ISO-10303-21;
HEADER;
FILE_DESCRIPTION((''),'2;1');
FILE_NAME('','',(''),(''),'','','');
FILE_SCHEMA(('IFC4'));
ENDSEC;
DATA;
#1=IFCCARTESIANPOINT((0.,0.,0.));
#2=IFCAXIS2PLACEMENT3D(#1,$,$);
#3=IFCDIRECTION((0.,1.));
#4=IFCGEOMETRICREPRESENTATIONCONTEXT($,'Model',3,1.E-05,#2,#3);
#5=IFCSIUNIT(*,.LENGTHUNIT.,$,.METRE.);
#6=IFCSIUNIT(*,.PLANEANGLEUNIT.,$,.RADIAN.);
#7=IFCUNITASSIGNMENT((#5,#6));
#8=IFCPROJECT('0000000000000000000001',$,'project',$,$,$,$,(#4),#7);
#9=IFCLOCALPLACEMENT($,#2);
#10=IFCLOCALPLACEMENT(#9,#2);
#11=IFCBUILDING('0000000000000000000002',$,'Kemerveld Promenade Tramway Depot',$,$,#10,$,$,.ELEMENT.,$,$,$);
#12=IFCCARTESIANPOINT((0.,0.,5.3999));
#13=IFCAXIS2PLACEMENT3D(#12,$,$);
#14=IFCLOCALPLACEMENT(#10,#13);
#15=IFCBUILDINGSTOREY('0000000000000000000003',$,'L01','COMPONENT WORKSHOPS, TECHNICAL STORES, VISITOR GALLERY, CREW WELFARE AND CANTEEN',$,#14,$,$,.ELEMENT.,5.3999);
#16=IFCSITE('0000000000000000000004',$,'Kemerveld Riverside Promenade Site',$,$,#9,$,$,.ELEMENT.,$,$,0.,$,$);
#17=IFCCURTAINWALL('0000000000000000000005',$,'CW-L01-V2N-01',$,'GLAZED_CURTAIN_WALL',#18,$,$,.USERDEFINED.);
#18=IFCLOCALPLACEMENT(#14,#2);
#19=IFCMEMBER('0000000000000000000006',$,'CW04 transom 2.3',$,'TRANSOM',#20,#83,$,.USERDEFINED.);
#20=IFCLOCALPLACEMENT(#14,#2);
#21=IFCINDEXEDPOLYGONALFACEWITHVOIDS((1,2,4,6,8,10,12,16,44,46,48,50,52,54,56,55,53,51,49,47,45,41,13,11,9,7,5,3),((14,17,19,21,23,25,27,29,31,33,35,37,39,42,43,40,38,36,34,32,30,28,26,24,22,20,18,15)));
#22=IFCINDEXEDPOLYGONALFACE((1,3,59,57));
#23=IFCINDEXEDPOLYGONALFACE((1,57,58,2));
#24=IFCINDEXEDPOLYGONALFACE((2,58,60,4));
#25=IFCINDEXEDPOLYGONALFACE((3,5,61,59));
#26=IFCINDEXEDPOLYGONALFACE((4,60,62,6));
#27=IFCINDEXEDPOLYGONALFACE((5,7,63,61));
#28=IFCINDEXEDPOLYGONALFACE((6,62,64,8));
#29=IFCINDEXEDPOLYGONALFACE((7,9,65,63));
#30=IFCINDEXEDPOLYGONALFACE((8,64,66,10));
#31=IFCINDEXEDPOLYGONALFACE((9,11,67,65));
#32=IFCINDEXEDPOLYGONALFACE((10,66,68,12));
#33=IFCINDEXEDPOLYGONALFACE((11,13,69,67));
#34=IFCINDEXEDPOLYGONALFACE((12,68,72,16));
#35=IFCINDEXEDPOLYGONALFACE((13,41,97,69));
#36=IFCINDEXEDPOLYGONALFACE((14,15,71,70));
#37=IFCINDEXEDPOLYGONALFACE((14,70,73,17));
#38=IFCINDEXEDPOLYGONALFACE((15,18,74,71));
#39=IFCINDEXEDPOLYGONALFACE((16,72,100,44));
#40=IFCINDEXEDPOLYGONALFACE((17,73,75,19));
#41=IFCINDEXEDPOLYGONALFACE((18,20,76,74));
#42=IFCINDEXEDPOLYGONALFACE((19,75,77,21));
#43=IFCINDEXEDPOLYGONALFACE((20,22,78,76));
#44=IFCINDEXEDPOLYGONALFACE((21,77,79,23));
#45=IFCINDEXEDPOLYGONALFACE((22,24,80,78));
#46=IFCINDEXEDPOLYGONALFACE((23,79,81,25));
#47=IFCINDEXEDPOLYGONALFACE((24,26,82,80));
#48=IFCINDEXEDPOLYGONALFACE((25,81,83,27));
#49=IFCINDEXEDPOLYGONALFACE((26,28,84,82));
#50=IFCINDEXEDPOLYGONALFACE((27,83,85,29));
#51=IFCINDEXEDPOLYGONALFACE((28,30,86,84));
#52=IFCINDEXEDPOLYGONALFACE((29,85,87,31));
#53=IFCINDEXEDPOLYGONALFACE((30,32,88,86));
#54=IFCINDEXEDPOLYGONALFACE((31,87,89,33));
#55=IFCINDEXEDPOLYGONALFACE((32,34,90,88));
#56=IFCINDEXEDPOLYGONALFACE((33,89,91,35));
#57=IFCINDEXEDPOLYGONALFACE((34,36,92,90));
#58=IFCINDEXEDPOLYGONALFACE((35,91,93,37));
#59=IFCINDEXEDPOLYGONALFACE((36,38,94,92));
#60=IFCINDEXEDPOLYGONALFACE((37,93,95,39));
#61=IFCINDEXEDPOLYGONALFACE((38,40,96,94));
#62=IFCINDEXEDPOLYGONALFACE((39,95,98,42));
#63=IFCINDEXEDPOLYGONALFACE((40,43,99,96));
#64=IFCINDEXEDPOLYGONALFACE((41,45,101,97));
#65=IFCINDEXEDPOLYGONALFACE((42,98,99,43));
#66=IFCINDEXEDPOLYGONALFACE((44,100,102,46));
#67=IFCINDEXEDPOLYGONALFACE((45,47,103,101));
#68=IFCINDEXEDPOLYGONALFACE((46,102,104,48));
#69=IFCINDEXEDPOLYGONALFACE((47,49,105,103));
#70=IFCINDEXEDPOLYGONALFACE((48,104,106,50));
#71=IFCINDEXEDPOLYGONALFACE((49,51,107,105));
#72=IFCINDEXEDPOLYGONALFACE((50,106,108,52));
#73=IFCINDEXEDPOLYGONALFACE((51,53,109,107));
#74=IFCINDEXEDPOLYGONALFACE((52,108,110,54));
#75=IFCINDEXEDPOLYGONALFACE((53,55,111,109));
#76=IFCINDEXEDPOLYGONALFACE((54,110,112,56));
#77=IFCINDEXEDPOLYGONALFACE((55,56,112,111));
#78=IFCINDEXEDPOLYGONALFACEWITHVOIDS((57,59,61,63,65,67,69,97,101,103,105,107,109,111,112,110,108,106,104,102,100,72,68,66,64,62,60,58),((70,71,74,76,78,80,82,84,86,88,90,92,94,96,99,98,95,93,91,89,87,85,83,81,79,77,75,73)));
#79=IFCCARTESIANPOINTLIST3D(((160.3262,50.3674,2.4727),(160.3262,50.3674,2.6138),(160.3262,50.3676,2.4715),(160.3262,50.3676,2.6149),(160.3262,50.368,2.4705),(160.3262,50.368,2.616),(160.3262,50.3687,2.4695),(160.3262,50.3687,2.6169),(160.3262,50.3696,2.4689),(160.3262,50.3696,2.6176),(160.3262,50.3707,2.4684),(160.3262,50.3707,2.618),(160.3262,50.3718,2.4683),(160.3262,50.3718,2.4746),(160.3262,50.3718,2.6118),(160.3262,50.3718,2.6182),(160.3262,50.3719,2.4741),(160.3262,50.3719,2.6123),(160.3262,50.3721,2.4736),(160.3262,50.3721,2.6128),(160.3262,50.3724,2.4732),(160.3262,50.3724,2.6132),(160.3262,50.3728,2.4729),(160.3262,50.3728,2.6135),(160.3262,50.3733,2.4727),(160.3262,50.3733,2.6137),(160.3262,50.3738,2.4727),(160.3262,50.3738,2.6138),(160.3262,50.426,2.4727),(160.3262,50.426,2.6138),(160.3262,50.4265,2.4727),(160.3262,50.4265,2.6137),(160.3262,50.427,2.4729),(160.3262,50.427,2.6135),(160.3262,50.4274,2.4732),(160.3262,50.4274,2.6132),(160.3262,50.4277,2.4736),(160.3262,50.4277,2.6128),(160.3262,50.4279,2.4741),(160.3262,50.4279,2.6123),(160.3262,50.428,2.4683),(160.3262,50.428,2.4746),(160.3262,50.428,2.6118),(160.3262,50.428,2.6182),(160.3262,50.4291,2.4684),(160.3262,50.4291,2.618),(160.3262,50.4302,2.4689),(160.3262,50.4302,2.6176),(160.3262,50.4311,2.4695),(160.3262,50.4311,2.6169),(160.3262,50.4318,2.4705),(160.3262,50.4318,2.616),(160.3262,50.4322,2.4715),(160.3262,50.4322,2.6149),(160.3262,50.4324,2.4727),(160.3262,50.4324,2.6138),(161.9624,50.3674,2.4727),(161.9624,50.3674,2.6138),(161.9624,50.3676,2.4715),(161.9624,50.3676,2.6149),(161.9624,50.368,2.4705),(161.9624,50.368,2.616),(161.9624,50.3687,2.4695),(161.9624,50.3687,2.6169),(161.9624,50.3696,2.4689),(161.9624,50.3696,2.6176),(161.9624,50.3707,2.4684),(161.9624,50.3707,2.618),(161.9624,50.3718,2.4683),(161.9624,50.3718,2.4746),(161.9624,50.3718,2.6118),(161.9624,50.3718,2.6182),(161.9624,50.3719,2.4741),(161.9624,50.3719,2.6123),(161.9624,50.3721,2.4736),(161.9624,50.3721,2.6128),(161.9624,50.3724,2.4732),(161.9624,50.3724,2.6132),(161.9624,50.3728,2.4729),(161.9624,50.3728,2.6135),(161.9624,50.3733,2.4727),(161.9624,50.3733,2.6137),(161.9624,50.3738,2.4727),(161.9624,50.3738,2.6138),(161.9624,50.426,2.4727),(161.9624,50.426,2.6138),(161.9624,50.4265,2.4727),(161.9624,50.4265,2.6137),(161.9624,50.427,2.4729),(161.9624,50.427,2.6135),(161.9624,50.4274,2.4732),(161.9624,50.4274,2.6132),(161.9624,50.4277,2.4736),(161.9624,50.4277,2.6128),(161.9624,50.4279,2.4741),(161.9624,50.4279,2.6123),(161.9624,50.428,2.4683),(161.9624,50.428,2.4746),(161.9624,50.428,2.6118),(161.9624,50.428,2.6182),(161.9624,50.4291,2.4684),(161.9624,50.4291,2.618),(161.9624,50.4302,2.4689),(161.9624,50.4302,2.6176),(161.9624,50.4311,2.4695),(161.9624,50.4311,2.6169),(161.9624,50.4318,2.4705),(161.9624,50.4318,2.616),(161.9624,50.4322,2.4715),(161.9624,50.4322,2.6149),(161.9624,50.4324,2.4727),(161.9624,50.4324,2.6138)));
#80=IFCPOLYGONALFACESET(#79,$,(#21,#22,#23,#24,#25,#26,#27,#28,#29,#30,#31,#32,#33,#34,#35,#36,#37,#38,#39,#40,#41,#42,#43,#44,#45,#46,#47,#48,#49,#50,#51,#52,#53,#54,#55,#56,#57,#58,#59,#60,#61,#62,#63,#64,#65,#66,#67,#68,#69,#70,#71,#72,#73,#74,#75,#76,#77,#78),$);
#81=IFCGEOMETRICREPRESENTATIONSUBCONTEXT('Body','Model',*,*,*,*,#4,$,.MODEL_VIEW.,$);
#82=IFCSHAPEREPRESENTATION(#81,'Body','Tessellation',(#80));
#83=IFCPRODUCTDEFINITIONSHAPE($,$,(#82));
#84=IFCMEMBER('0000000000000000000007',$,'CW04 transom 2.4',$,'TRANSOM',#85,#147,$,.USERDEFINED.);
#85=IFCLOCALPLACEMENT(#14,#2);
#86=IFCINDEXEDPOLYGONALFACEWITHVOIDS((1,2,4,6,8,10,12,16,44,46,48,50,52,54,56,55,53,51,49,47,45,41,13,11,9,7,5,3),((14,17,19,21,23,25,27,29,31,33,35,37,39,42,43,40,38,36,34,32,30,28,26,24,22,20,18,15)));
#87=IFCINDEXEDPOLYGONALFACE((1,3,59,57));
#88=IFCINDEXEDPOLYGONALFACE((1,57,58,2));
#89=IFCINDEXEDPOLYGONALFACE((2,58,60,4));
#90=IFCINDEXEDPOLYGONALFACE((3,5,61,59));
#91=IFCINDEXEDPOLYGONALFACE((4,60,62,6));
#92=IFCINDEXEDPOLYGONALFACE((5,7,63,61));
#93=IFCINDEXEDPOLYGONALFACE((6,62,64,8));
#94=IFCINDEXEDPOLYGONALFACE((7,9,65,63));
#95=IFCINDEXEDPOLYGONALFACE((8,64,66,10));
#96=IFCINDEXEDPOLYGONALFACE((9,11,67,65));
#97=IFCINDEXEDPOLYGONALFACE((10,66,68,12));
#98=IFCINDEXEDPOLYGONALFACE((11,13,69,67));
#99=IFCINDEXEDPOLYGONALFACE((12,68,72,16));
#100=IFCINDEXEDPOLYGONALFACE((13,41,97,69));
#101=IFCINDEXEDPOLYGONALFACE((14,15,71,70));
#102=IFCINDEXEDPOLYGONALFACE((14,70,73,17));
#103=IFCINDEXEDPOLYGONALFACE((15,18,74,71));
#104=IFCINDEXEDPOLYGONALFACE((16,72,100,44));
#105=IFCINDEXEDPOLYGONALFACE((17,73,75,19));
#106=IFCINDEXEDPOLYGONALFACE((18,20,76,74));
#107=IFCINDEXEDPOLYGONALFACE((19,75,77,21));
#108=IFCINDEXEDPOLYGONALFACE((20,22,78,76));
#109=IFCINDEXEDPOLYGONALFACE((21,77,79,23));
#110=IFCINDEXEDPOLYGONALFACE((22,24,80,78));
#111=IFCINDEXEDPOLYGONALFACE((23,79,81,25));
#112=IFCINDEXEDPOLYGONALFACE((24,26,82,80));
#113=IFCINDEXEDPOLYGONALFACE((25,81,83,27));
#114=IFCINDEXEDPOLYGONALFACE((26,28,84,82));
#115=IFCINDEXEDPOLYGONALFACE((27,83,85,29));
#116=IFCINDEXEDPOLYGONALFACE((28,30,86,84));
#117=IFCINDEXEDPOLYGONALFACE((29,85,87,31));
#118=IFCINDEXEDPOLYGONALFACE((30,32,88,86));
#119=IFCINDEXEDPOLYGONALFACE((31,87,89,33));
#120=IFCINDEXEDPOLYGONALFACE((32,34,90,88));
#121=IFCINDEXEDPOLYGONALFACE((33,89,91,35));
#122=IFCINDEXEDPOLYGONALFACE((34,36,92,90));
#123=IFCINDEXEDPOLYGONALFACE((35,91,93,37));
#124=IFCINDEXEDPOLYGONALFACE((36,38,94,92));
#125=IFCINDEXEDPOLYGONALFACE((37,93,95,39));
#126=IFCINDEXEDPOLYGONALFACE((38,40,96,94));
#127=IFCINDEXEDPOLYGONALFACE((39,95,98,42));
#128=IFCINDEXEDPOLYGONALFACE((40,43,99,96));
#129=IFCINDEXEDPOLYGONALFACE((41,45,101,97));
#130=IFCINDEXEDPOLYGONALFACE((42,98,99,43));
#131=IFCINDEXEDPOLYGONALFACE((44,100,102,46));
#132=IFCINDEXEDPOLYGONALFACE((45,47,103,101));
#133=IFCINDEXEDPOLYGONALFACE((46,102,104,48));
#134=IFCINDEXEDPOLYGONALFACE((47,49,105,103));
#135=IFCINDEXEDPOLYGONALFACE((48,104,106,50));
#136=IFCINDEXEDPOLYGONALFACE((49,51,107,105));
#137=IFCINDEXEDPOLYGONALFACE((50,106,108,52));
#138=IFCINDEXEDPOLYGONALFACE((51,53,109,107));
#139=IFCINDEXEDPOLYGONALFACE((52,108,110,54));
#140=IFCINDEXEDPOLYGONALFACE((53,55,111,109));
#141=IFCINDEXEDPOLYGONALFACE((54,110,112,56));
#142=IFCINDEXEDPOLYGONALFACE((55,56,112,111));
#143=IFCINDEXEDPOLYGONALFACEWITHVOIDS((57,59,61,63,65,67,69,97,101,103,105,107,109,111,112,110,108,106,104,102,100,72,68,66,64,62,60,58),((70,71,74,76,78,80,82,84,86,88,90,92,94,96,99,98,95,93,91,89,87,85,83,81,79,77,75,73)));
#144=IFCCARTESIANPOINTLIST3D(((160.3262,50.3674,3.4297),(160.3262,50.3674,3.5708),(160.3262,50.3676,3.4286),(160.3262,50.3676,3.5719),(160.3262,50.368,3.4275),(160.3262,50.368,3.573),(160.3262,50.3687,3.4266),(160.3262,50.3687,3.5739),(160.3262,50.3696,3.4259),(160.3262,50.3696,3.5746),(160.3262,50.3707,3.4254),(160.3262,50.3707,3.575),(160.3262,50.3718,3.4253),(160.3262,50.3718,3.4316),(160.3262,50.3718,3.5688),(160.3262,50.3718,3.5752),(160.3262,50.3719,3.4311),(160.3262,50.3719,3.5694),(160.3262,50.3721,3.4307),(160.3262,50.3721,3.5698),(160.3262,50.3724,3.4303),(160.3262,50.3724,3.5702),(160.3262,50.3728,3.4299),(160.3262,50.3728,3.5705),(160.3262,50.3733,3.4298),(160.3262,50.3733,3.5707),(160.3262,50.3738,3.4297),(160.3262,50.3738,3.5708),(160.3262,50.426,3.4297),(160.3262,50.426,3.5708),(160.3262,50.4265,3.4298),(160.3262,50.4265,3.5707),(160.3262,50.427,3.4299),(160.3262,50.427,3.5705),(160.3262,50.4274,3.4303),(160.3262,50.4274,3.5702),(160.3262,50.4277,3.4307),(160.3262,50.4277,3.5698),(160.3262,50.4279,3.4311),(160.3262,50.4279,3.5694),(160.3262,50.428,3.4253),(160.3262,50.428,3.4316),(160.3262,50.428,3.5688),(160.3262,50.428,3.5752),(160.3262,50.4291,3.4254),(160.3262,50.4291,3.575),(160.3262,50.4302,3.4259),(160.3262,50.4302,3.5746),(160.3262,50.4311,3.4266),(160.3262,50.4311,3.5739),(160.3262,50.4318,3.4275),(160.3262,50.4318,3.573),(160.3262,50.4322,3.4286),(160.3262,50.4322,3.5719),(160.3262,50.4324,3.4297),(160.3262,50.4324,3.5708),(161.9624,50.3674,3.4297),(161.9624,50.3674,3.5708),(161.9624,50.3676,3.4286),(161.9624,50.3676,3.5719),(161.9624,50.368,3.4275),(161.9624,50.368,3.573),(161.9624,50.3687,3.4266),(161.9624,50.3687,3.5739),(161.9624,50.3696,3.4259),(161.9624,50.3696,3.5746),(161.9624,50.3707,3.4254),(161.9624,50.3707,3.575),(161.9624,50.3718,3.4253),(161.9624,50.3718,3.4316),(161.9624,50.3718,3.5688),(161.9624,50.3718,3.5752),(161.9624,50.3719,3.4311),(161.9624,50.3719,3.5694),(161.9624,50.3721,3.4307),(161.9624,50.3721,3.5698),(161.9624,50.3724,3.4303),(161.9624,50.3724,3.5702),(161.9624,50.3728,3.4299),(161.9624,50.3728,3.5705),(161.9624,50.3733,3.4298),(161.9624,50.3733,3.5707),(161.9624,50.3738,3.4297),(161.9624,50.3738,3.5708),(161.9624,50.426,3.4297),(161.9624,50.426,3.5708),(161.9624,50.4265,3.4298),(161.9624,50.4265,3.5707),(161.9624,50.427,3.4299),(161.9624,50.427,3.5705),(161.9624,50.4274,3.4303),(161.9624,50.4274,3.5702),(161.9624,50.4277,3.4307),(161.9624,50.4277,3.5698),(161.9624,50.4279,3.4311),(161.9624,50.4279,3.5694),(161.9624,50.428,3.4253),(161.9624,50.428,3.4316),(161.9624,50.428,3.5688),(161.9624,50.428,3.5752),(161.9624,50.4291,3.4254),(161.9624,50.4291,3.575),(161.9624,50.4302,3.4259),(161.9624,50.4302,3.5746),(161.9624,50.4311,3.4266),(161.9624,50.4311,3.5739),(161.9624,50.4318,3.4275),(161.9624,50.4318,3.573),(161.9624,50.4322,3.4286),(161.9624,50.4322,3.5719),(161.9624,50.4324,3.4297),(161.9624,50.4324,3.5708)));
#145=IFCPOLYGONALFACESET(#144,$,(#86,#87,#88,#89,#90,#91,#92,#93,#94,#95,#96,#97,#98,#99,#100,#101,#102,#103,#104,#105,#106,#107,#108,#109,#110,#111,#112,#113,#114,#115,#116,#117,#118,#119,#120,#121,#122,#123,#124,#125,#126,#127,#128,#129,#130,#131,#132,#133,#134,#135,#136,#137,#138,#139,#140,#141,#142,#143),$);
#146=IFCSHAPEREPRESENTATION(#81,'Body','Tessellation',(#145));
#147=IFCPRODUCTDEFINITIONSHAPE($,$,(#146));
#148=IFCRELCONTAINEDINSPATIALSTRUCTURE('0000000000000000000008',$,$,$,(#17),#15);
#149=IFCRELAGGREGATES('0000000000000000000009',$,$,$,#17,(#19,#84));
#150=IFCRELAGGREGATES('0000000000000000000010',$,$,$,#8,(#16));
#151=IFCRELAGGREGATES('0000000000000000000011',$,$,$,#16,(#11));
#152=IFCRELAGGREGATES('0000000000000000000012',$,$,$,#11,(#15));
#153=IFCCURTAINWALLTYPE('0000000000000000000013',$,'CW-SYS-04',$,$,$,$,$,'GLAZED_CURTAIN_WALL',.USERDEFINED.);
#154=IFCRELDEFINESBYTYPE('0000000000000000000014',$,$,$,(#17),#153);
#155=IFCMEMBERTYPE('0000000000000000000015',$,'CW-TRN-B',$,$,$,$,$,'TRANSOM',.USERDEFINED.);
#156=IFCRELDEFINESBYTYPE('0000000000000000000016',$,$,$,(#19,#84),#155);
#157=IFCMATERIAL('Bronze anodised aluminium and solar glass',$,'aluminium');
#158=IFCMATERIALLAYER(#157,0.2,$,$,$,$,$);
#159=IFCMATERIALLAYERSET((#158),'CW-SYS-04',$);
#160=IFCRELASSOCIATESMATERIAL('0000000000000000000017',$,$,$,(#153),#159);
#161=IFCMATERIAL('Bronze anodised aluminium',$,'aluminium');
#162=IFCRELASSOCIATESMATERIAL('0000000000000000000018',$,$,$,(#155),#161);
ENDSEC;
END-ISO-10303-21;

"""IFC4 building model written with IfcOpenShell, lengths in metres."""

from ifc_helpers import new_model, si_unit, direction, frame, origin, origin_2d, place, context, subcontext, project, spatial, hollow_rectangle, extrude, material, layer, layer_set, material_profile, profile_set, type_object, element, aggregate, save


model = new_model("IFC4")

# Units and contexts
model_context = context("Model", 3, precision=1e-05, world=origin(), true_north=direction((0.0, 1.0)))
body_context = subcontext(model_context, "Body", "Model", "MODEL_VIEW")
ifc_project = project(units=[si_unit("LENGTHUNIT", "METRE"), si_unit("PLANEANGLEUNIT", "RADIAN")], contexts=[model_context])

# Site, building, storey
site_placement = place(None, origin())
site = spatial("IfcSite", under=ifc_project, at=site_placement, Name="Kemerveld Riverside Promenade Site", CompositionType="ELEMENT", RefElevation=0.0)
building_placement = place(site_placement, origin())
building = spatial("IfcBuilding", under=site, at=building_placement, Name="Kemerveld Promenade Tramway Depot", CompositionType="ELEMENT")
storey_placement = place(building_placement, frame((0.0, 0.0, 5.3999)))
storey = spatial("IfcBuildingStorey", under=building, at=storey_placement, Name="L01", Description="COMPONENT WORKSHOPS, TECHNICAL STORES, VISITOR GALLERY, CREW WELFARE AND CANTEEN", CompositionType="ELEMENT", Elevation=5.3999)

# Curtain wall
ifc_material_1 = material(Name="Bronze anodised aluminium and solar glass", Category="aluminium")
ifc_layer_1 = layer(ifc_material_1, 0.2)
ifc_layer_set_1 = layer_set([ifc_layer_1], Name="CW-SYS-04")
curtain_wall_type_1 = type_object("IfcCurtainWallType", Name="CW-SYS-04", ElementType="GLAZED_CURTAIN_WALL", PredefinedType="USERDEFINED", material=ifc_layer_set_1)
curtain_wall_1_placement = place(storey_placement, origin())
curtain_wall_1 = element("IfcCurtainWall", 1, at=curtain_wall_1_placement, inside=storey, type_object=curtain_wall_type_1, Name="CW-L01-V2N-01", ObjectType="GLAZED_CURTAIN_WALL", PredefinedType="USERDEFINED")
ifc_material_2 = material(Name="Bronze anodised aluminium", Category="aluminium")

# Members
ifc_material_profile_1 = material_profile(ifc_material_2, hollow_rectangle(XDim=0.0649, YDim=0.1499, WallThickness=0.0044, InnerFilletRadius=0.002, OuterFilletRadius=0.0044, at=origin_2d()), Name="CW-TRN-150x65")
ifc_profile_set_1 = profile_set([ifc_material_profile_1], Name="Bronze anodised aluminium")
member_type_1 = type_object("IfcMemberType", Name="CW-TRN-B", ElementType="TRANSOM", PredefinedType="USERDEFINED", material=ifc_profile_set_1)
member_1_placement = place(storey_placement, frame((160.3262, 50.3999, 2.5432), z_axis=(1.0, 0.0, 0.0), x_axis=(0.0, 1.0, 0.0)))
member_1 = element("IfcMember", 2, at=member_1_placement, type_object=member_type_1, Name="CW04 transom 2.3", ObjectType="TRANSOM", PredefinedType="USERDEFINED", context=body_context, shape_type="SweptSolid", body=[
    extrude(hollow_rectangle(XDim=0.0649, YDim=0.1499, WallThickness=0.0044, InnerFilletRadius=0.002, OuterFilletRadius=0.0044, at=origin_2d()), origin(), (0.0, 0.0, 1.0), 1.6362),
])
member_2_placement = place(storey_placement, frame((160.3262, 50.3999, 3.5002), z_axis=(1.0, 0.0, 0.0), x_axis=(0.0, 1.0, 0.0)))
member_2 = element("IfcMember", 3, at=member_2_placement, type_object=member_type_1, Name="CW04 transom 2.4", ObjectType="TRANSOM", PredefinedType="USERDEFINED", context=body_context, shape_type="SweptSolid", body=[
    extrude(hollow_rectangle(XDim=0.0649, YDim=0.1499, WallThickness=0.0044, InnerFilletRadius=0.002, OuterFilletRadius=0.0044, at=origin_2d()), origin(), (0.0, 0.0, 1.0), 1.6362),
])

aggregate(curtain_wall_1, [member_1, member_2])

save(model, "model.ifc")
